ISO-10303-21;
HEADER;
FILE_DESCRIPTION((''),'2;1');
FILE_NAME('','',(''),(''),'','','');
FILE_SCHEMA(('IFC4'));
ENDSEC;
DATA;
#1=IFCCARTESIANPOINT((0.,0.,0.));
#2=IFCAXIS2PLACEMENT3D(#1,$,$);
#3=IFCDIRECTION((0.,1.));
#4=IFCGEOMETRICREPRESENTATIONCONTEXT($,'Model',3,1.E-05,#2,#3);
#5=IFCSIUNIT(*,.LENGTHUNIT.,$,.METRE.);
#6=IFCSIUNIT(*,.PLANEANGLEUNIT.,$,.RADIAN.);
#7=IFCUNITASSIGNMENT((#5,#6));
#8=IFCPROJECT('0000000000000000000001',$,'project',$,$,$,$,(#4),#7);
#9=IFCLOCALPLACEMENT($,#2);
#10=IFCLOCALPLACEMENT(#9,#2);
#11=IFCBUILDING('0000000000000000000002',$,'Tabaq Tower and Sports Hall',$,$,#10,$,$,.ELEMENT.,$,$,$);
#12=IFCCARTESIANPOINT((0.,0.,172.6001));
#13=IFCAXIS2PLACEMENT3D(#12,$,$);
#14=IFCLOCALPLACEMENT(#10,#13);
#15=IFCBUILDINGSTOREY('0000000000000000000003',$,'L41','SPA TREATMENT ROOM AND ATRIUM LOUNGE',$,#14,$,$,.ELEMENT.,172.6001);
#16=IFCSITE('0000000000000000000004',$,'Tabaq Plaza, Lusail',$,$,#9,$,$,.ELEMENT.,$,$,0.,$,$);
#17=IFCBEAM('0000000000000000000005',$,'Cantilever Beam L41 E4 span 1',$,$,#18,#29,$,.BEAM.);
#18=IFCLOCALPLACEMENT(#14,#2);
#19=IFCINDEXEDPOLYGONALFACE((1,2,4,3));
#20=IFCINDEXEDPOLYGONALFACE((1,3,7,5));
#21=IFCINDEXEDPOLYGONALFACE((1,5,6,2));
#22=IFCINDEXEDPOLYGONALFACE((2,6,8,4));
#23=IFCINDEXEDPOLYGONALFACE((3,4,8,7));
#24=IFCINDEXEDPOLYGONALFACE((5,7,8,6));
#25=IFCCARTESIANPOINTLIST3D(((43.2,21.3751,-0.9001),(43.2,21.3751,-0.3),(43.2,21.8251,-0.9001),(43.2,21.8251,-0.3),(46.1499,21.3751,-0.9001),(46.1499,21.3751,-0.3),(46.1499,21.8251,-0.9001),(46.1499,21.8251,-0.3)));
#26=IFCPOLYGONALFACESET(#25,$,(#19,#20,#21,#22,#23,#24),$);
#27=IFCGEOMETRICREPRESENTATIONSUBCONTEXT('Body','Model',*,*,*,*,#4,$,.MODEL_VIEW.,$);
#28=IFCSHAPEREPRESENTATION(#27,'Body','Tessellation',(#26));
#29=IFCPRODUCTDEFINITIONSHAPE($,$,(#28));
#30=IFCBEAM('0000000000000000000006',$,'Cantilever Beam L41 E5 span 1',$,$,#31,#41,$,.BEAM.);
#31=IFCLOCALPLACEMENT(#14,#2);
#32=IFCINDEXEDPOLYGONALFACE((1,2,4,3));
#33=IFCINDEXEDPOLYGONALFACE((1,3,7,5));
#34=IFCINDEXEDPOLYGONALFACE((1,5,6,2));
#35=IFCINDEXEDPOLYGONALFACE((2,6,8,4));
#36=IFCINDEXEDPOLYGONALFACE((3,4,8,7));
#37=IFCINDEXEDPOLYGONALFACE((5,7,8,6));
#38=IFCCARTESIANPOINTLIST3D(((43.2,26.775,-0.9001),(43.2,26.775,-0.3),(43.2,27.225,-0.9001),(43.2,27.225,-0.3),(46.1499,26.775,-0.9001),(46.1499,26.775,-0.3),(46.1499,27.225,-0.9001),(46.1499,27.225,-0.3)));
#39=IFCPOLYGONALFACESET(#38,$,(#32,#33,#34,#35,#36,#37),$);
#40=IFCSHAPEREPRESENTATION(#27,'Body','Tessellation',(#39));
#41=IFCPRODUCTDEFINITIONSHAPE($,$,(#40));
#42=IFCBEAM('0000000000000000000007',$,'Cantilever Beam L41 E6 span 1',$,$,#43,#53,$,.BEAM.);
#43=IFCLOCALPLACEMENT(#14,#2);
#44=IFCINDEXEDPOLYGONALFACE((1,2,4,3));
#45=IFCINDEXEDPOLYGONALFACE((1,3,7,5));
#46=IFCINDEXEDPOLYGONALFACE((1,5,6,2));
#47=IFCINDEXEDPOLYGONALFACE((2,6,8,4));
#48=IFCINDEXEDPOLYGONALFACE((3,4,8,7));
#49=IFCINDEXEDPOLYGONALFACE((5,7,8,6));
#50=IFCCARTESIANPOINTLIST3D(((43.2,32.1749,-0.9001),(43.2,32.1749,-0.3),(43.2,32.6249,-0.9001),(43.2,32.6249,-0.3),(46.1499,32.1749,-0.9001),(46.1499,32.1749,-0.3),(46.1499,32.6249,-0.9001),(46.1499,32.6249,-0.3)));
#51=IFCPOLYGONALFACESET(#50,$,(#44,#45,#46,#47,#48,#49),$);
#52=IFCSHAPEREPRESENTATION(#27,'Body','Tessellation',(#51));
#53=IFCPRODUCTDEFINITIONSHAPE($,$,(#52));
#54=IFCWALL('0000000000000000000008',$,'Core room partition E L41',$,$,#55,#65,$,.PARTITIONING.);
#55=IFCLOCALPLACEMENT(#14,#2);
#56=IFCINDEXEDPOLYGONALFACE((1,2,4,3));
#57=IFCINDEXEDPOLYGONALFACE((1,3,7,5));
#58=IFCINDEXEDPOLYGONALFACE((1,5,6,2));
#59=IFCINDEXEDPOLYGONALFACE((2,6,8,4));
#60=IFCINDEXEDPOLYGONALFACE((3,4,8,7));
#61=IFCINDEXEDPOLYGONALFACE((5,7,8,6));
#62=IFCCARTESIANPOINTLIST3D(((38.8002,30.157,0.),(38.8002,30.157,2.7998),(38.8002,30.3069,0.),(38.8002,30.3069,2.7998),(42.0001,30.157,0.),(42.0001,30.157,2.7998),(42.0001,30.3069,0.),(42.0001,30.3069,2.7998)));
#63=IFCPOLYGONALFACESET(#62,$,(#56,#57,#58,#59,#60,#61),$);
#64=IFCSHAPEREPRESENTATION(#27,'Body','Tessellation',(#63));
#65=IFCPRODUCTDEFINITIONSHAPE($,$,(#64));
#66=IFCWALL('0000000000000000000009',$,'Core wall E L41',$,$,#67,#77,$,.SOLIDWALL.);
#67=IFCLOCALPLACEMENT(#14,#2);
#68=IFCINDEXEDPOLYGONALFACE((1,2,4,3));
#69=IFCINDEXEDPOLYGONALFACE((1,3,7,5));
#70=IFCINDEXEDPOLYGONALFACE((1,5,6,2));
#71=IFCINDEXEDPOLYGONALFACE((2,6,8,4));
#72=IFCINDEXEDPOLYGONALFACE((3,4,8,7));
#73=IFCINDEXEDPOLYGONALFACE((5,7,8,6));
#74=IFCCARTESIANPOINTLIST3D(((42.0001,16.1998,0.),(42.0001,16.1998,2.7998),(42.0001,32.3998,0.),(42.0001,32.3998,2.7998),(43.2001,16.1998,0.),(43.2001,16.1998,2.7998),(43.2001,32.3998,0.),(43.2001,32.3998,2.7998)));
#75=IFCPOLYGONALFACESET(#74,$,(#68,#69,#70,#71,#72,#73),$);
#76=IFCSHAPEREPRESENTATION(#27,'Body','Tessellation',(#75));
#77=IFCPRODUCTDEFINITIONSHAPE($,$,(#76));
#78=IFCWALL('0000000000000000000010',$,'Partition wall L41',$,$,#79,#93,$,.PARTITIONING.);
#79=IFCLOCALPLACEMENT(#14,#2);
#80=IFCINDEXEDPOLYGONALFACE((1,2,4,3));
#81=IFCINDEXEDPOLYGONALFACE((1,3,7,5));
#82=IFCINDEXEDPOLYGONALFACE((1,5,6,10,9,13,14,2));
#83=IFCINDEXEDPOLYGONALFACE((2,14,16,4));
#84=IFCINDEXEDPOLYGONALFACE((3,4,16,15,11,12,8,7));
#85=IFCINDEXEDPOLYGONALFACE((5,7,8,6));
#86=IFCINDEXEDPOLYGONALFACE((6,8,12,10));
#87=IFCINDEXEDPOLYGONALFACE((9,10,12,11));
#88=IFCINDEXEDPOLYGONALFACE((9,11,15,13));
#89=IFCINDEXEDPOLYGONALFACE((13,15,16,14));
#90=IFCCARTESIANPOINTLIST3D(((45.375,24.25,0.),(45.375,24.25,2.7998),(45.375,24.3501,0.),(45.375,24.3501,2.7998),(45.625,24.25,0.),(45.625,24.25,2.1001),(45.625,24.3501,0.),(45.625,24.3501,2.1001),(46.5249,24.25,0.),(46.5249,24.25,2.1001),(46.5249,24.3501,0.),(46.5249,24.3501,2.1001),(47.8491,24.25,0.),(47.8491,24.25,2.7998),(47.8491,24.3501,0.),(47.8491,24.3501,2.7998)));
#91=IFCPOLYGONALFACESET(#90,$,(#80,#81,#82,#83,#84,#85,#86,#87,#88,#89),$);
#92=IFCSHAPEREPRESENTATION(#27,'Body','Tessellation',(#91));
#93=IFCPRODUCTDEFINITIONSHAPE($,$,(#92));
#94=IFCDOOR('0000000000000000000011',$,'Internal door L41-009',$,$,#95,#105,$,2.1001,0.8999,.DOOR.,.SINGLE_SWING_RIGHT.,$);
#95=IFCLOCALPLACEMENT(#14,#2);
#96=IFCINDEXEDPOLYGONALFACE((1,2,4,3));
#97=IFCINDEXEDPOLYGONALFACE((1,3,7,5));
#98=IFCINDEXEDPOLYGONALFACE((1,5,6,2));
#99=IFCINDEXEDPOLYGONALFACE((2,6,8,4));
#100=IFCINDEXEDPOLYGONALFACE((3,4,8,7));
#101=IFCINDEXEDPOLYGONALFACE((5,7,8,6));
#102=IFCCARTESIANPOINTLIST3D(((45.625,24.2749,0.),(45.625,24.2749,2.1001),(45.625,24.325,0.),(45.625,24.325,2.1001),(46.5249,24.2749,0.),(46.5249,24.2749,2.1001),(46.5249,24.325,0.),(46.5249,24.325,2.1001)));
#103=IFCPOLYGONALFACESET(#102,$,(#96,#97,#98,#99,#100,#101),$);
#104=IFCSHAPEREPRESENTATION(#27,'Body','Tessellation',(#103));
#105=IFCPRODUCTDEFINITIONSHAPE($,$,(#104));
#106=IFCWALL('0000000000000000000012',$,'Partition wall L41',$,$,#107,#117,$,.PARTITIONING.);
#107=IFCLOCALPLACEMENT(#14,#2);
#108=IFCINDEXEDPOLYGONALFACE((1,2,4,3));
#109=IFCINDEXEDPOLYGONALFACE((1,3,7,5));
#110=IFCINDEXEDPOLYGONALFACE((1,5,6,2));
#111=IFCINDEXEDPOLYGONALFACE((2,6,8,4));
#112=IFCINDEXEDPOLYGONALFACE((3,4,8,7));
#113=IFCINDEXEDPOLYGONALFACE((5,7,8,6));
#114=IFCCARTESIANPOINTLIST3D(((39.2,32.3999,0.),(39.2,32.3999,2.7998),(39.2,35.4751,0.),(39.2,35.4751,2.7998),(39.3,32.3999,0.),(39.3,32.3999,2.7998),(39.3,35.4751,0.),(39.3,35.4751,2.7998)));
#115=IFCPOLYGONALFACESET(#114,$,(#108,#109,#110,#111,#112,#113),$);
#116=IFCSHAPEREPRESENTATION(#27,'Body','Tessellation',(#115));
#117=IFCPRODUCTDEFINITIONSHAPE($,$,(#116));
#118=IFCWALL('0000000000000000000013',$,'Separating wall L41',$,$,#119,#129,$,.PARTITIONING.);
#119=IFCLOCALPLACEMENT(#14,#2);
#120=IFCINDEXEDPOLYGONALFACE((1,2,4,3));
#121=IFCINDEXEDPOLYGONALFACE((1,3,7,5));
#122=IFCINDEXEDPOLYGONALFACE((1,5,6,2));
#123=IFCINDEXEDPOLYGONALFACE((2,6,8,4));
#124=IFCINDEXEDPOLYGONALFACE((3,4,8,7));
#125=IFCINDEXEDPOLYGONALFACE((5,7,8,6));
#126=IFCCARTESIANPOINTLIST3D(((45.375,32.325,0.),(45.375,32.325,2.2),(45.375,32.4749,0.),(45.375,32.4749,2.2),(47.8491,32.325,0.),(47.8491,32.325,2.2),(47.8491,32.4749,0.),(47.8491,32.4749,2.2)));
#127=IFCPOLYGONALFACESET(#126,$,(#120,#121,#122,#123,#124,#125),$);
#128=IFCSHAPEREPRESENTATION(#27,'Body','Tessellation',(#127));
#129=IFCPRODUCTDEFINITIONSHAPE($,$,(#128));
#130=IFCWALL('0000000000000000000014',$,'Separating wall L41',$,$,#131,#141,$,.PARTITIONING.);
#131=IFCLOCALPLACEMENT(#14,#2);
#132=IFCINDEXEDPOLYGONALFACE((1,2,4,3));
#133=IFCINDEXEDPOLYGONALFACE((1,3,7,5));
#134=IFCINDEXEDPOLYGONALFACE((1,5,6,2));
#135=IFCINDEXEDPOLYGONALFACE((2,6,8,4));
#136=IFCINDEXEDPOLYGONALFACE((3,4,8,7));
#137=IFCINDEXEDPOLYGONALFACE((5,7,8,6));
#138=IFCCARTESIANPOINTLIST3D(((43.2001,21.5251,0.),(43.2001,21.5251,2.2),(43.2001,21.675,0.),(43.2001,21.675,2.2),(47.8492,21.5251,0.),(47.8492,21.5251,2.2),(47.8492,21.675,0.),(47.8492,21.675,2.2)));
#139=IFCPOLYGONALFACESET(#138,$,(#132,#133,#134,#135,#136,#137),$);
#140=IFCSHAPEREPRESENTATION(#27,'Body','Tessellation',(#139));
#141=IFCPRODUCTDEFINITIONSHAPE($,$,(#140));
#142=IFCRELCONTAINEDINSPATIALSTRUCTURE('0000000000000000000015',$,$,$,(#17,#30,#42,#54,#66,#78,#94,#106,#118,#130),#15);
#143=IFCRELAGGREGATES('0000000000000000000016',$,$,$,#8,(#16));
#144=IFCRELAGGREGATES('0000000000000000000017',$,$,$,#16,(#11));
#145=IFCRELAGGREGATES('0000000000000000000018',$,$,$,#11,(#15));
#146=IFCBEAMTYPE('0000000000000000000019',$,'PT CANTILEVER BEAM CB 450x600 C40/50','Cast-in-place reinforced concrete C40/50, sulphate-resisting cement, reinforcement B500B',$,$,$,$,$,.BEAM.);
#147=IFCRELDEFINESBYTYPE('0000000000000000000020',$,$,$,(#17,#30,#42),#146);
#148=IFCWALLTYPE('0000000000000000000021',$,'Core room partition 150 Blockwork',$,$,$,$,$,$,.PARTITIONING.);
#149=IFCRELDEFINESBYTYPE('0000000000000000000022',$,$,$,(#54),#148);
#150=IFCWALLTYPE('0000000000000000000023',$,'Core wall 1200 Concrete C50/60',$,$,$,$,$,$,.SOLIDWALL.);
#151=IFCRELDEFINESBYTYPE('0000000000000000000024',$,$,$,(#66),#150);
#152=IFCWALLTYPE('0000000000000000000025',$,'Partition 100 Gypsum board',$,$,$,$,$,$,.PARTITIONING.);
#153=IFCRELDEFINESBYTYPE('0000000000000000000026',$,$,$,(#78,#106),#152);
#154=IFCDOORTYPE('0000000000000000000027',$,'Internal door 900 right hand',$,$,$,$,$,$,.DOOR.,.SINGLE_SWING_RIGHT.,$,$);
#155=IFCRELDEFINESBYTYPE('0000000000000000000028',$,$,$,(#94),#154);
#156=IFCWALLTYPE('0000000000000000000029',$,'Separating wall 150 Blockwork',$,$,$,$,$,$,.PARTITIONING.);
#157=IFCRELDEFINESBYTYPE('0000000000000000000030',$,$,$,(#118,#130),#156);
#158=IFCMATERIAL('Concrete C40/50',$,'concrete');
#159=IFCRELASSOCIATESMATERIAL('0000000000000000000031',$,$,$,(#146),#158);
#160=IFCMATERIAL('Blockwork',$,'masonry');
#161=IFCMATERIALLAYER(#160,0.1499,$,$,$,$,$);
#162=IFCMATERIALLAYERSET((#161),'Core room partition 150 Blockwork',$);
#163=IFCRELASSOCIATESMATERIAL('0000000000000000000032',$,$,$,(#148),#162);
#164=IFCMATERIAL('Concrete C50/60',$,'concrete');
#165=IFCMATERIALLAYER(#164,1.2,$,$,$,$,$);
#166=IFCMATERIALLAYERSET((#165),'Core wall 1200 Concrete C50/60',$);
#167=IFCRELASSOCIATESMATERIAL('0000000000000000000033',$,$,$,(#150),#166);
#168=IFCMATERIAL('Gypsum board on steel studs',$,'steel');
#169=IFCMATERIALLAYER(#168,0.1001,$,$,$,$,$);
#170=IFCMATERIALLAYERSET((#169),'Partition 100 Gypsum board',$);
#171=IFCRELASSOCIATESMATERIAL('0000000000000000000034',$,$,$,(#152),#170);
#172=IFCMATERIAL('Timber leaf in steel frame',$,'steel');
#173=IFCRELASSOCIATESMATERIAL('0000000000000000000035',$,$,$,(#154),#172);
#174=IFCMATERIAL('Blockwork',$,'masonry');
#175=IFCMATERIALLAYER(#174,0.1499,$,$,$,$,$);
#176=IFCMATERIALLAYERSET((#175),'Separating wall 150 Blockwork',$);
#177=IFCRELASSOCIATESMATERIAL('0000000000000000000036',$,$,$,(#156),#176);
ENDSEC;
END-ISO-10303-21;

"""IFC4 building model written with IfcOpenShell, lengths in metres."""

from ifc_helpers import new_model, si_unit, direction, frame, frame_2d, origin, origin_2d, place, context, subcontext, project, spatial, rectangle, extrude, material, layer, layer_set, material_profile, profile_set, type_object, element, fill, save


model = new_model("IFC4")

# Units and contexts
model_context = context("Model", 3, precision=1e-05, world=origin(), true_north=direction((0.0, 1.0)))
body_context = subcontext(model_context, "Body", "Model", "MODEL_VIEW")
ifc_project = project(units=[si_unit("LENGTHUNIT", "METRE"), si_unit("PLANEANGLEUNIT", "RADIAN")], contexts=[model_context])

# Site, building, storey
site_placement = place(None, origin())
site = spatial("IfcSite", under=ifc_project, at=site_placement, Name="Tabaq Plaza, Lusail", CompositionType="ELEMENT", RefElevation=0.0)
building_placement = place(site_placement, origin())
building = spatial("IfcBuilding", under=site, at=building_placement, Name="Tabaq Tower and Sports Hall", CompositionType="ELEMENT")
storey_placement = place(building_placement, frame((0.0, 0.0, 172.6001)))
storey = spatial("IfcBuildingStorey", under=building, at=storey_placement, Name="L41", Description="SPA TREATMENT ROOM AND ATRIUM LOUNGE", CompositionType="ELEMENT", Elevation=172.6001)

# Beams
ifc_material_1 = material(Name="Concrete C40/50", Category="concrete")
ifc_material_profile = material_profile(ifc_material_1, rectangle(XDim=0.45, YDim=0.6001, at=origin_2d()), Name="CB 450x600")
ifc_profile_set = profile_set([ifc_material_profile], Name="Concrete C40/50")
beam_type = type_object("IfcBeamType", Name="PT CANTILEVER BEAM CB 450x600 C40/50", Description="Cast-in-place reinforced concrete C40/50, sulphate-resisting cement, reinforcement B500B", PredefinedType="BEAM", material=ifc_profile_set)
for number, where, z_axis, x_axis, name in (
    (1, (46.1499, 21.6001, -0.6001), (-1.0, 0.0, 0.0), (0.0, -1.0, 0.0), "Cantilever Beam L41 E4 span 1"),
    (2, (46.1499, 27.0, -0.6001), (-1.0, 0.0, 0.0), (0.0, -1.0, 0.0), "Cantilever Beam L41 E5 span 1"),
    (3, (46.1499, 32.3999, -0.6001), (-1.0, 0.0, 0.0), (0.0, -1.0, 0.0), "Cantilever Beam L41 E6 span 1"),
):
    element("IfcBeam", number, at=place(storey_placement, frame(where, z_axis=z_axis, x_axis=x_axis)), inside=storey, type_object=beam_type, Name=name, PredefinedType="BEAM", context=body_context, shape_type="SweptSolid", body=[
        extrude(rectangle(XDim=0.45, YDim=0.6001, at=origin_2d()), origin(), (0.0, 0.0, 1.0), 2.95),
    ])

# Walls
ifc_material_2 = material(Name="Blockwork", Category="masonry")
ifc_layer_1 = layer(ifc_material_2, 0.1499)
ifc_layer_set_1 = layer_set([ifc_layer_1], Name="Core room partition 150 Blockwork")
wall_type_1 = type_object("IfcWallType", Name="Core room partition 150 Blockwork", PredefinedType="PARTITIONING", material=ifc_layer_set_1)
wall_1_placement = place(storey_placement, frame((38.8, 30.2319, 0.0), z_axis=(0.0, 0.0, 1.0), x_axis=(1.0, 0.0, 0.0)))
element("IfcWall", 4, at=wall_1_placement, inside=storey, type_object=wall_type_1, Name="Core room partition E L41", PredefinedType="PARTITIONING", context=body_context, shape_type="SweptSolid", body=[
    extrude(rectangle(XDim=3.2, YDim=0.1499, at=frame_2d((1.6001, 0.0))), origin(), (0.0, 0.0, 1.0), 2.7998),
])
ifc_material_3 = material(Name="Concrete C50/60", Category="concrete")
ifc_layer_2 = layer(ifc_material_3, 1.2)
ifc_layer_set_2 = layer_set([ifc_layer_2], Name="Core wall 1200 Concrete C50/60")
wall_type_2 = type_object("IfcWallType", Name="Core wall 1200 Concrete C50/60", PredefinedType="SOLIDWALL", material=ifc_layer_set_2)
wall_2_placement = place(storey_placement, frame((42.6001, 32.3999, 0.0), z_axis=(0.0, 0.0, 1.0), x_axis=(0.0, -1.0, 0.0)))
element("IfcWall", 5, at=wall_2_placement, inside=storey, type_object=wall_type_2, Name="Core wall E L41", PredefinedType="SOLIDWALL", context=body_context, shape_type="SweptSolid", body=[
    extrude(rectangle(XDim=16.2, YDim=1.2, at=frame_2d((8.1001, 0.0))), origin(), (0.0, 0.0, 1.0), 2.7998),
])

# Wall, opening, door
ifc_material_4 = material(Name="Gypsum board on steel studs", Category="steel")
ifc_layer_3 = layer(ifc_material_4, 0.1001)
ifc_layer_set_3 = layer_set([ifc_layer_3], Name="Partition 100 Gypsum board")
wall_type_3 = type_object("IfcWallType", Name="Partition 100 Gypsum board", PredefinedType="PARTITIONING", material=ifc_layer_set_3)
wall_3_placement = place(storey_placement, frame((45.375, 24.3, 0.0), z_axis=(0.0, 0.0, 1.0), x_axis=(1.0, 0.0, 0.0)))
wall_3 = element("IfcWall", 6, at=wall_3_placement, inside=storey, type_object=wall_type_3, Name="Partition wall L41", PredefinedType="PARTITIONING", context=body_context, shape_type="SweptSolid", body=[
    extrude(rectangle(XDim=2.4741, YDim=0.1001, at=frame_2d((1.2371, 0.0))), origin(), (0.0, 0.0, 1.0), 2.7998),
])
opening_1_placement = place(wall_3_placement, frame((0.25, 0.0, 0.0)))
opening_1 = element("IfcOpeningElement", 7, at=opening_1_placement, cuts=wall_3, PredefinedType="OPENING", context=body_context, shape_type="SweptSolid", body=[
    extrude(rectangle(XDim=0.8999, YDim=2.1001, at=frame_2d((0.45, 1.05))), frame((0.0, 0.05, 0.0), z_axis=(0.0, -1.0, 0.0), x_axis=(1.0, 0.0, 0.0)), (0.0, 0.0, 1.0), 0.1001),
])
ifc_material_5 = material(Name="Timber leaf in steel frame", Category="steel")
door_type_1 = type_object("IfcDoorType", Name="Internal door 900 right hand", OperationType="SINGLE_SWING_RIGHT", PredefinedType="DOOR", material=ifc_material_5)
door_1_placement = place(opening_1_placement, origin())
door_1 = element("IfcDoor", 8, at=door_1_placement, inside=storey, type_object=door_type_1, Name="Internal door L41-009", OperationType="SINGLE_SWING_RIGHT", OverallHeight=2.1001, OverallWidth=0.8999, PredefinedType="DOOR", context=body_context, shape_type="SweptSolid", body=[
    extrude(rectangle(XDim=0.8999, YDim=2.1001, at=frame_2d((0.45, 1.05))), frame((0.0, 0.0249, 0.0), z_axis=(0.0, -1.0, 0.0), x_axis=(1.0, 0.0, 0.0)), (0.0, 0.0, 1.0), 0.05),
])
fill(opening_1, door_1)

# Walls
wall_4_placement = place(storey_placement, frame((39.25, 32.3999, 0.0), z_axis=(0.0, 0.0, 1.0), x_axis=(0.0, 1.0, 0.0)))
element("IfcWall", 9, at=wall_4_placement, inside=storey, type_object=wall_type_3, Name="Partition wall L41", PredefinedType="PARTITIONING", context=body_context, shape_type="SweptSolid", body=[
    extrude(rectangle(XDim=3.0752, YDim=0.1001, at=frame_2d((1.5376, 0.0))), origin(), (0.0, 0.0, 1.0), 2.7998),
])
ifc_material_6 = material(Name="Blockwork", Category="masonry")
ifc_layer_4 = layer(ifc_material_6, 0.1499)
ifc_layer_set_4 = layer_set([ifc_layer_4], Name="Separating wall 150 Blockwork")
wall_type_4 = type_object("IfcWallType", Name="Separating wall 150 Blockwork", PredefinedType="PARTITIONING", material=ifc_layer_set_4)
wall_5_placement = place(storey_placement, frame((45.375, 32.3999, 0.0), z_axis=(0.0, 0.0, 1.0), x_axis=(1.0, 0.0, 0.0)))
element("IfcWall", 10, at=wall_5_placement, inside=storey, type_object=wall_type_4, Name="Separating wall L41", PredefinedType="PARTITIONING", context=body_context, shape_type="SweptSolid", body=[
    extrude(rectangle(XDim=2.4741, YDim=0.1499, at=frame_2d((1.2371, 0.0))), origin(), (0.0, 0.0, 1.0), 2.2),
])
wall_6_placement = place(storey_placement, frame((43.2, 21.6001, 0.0), z_axis=(0.0, 0.0, 1.0), x_axis=(1.0, 0.0, 0.0)))
element("IfcWall", 11, at=wall_6_placement, inside=storey, type_object=wall_type_4, Name="Separating wall L41", PredefinedType="PARTITIONING", context=body_context, shape_type="SweptSolid", body=[
    extrude(rectangle(XDim=4.6492, YDim=0.1499, at=frame_2d((2.3247, 0.0))), origin(), (0.0, 0.0, 1.0), 2.2),
])

save(model, "model.ifc")
